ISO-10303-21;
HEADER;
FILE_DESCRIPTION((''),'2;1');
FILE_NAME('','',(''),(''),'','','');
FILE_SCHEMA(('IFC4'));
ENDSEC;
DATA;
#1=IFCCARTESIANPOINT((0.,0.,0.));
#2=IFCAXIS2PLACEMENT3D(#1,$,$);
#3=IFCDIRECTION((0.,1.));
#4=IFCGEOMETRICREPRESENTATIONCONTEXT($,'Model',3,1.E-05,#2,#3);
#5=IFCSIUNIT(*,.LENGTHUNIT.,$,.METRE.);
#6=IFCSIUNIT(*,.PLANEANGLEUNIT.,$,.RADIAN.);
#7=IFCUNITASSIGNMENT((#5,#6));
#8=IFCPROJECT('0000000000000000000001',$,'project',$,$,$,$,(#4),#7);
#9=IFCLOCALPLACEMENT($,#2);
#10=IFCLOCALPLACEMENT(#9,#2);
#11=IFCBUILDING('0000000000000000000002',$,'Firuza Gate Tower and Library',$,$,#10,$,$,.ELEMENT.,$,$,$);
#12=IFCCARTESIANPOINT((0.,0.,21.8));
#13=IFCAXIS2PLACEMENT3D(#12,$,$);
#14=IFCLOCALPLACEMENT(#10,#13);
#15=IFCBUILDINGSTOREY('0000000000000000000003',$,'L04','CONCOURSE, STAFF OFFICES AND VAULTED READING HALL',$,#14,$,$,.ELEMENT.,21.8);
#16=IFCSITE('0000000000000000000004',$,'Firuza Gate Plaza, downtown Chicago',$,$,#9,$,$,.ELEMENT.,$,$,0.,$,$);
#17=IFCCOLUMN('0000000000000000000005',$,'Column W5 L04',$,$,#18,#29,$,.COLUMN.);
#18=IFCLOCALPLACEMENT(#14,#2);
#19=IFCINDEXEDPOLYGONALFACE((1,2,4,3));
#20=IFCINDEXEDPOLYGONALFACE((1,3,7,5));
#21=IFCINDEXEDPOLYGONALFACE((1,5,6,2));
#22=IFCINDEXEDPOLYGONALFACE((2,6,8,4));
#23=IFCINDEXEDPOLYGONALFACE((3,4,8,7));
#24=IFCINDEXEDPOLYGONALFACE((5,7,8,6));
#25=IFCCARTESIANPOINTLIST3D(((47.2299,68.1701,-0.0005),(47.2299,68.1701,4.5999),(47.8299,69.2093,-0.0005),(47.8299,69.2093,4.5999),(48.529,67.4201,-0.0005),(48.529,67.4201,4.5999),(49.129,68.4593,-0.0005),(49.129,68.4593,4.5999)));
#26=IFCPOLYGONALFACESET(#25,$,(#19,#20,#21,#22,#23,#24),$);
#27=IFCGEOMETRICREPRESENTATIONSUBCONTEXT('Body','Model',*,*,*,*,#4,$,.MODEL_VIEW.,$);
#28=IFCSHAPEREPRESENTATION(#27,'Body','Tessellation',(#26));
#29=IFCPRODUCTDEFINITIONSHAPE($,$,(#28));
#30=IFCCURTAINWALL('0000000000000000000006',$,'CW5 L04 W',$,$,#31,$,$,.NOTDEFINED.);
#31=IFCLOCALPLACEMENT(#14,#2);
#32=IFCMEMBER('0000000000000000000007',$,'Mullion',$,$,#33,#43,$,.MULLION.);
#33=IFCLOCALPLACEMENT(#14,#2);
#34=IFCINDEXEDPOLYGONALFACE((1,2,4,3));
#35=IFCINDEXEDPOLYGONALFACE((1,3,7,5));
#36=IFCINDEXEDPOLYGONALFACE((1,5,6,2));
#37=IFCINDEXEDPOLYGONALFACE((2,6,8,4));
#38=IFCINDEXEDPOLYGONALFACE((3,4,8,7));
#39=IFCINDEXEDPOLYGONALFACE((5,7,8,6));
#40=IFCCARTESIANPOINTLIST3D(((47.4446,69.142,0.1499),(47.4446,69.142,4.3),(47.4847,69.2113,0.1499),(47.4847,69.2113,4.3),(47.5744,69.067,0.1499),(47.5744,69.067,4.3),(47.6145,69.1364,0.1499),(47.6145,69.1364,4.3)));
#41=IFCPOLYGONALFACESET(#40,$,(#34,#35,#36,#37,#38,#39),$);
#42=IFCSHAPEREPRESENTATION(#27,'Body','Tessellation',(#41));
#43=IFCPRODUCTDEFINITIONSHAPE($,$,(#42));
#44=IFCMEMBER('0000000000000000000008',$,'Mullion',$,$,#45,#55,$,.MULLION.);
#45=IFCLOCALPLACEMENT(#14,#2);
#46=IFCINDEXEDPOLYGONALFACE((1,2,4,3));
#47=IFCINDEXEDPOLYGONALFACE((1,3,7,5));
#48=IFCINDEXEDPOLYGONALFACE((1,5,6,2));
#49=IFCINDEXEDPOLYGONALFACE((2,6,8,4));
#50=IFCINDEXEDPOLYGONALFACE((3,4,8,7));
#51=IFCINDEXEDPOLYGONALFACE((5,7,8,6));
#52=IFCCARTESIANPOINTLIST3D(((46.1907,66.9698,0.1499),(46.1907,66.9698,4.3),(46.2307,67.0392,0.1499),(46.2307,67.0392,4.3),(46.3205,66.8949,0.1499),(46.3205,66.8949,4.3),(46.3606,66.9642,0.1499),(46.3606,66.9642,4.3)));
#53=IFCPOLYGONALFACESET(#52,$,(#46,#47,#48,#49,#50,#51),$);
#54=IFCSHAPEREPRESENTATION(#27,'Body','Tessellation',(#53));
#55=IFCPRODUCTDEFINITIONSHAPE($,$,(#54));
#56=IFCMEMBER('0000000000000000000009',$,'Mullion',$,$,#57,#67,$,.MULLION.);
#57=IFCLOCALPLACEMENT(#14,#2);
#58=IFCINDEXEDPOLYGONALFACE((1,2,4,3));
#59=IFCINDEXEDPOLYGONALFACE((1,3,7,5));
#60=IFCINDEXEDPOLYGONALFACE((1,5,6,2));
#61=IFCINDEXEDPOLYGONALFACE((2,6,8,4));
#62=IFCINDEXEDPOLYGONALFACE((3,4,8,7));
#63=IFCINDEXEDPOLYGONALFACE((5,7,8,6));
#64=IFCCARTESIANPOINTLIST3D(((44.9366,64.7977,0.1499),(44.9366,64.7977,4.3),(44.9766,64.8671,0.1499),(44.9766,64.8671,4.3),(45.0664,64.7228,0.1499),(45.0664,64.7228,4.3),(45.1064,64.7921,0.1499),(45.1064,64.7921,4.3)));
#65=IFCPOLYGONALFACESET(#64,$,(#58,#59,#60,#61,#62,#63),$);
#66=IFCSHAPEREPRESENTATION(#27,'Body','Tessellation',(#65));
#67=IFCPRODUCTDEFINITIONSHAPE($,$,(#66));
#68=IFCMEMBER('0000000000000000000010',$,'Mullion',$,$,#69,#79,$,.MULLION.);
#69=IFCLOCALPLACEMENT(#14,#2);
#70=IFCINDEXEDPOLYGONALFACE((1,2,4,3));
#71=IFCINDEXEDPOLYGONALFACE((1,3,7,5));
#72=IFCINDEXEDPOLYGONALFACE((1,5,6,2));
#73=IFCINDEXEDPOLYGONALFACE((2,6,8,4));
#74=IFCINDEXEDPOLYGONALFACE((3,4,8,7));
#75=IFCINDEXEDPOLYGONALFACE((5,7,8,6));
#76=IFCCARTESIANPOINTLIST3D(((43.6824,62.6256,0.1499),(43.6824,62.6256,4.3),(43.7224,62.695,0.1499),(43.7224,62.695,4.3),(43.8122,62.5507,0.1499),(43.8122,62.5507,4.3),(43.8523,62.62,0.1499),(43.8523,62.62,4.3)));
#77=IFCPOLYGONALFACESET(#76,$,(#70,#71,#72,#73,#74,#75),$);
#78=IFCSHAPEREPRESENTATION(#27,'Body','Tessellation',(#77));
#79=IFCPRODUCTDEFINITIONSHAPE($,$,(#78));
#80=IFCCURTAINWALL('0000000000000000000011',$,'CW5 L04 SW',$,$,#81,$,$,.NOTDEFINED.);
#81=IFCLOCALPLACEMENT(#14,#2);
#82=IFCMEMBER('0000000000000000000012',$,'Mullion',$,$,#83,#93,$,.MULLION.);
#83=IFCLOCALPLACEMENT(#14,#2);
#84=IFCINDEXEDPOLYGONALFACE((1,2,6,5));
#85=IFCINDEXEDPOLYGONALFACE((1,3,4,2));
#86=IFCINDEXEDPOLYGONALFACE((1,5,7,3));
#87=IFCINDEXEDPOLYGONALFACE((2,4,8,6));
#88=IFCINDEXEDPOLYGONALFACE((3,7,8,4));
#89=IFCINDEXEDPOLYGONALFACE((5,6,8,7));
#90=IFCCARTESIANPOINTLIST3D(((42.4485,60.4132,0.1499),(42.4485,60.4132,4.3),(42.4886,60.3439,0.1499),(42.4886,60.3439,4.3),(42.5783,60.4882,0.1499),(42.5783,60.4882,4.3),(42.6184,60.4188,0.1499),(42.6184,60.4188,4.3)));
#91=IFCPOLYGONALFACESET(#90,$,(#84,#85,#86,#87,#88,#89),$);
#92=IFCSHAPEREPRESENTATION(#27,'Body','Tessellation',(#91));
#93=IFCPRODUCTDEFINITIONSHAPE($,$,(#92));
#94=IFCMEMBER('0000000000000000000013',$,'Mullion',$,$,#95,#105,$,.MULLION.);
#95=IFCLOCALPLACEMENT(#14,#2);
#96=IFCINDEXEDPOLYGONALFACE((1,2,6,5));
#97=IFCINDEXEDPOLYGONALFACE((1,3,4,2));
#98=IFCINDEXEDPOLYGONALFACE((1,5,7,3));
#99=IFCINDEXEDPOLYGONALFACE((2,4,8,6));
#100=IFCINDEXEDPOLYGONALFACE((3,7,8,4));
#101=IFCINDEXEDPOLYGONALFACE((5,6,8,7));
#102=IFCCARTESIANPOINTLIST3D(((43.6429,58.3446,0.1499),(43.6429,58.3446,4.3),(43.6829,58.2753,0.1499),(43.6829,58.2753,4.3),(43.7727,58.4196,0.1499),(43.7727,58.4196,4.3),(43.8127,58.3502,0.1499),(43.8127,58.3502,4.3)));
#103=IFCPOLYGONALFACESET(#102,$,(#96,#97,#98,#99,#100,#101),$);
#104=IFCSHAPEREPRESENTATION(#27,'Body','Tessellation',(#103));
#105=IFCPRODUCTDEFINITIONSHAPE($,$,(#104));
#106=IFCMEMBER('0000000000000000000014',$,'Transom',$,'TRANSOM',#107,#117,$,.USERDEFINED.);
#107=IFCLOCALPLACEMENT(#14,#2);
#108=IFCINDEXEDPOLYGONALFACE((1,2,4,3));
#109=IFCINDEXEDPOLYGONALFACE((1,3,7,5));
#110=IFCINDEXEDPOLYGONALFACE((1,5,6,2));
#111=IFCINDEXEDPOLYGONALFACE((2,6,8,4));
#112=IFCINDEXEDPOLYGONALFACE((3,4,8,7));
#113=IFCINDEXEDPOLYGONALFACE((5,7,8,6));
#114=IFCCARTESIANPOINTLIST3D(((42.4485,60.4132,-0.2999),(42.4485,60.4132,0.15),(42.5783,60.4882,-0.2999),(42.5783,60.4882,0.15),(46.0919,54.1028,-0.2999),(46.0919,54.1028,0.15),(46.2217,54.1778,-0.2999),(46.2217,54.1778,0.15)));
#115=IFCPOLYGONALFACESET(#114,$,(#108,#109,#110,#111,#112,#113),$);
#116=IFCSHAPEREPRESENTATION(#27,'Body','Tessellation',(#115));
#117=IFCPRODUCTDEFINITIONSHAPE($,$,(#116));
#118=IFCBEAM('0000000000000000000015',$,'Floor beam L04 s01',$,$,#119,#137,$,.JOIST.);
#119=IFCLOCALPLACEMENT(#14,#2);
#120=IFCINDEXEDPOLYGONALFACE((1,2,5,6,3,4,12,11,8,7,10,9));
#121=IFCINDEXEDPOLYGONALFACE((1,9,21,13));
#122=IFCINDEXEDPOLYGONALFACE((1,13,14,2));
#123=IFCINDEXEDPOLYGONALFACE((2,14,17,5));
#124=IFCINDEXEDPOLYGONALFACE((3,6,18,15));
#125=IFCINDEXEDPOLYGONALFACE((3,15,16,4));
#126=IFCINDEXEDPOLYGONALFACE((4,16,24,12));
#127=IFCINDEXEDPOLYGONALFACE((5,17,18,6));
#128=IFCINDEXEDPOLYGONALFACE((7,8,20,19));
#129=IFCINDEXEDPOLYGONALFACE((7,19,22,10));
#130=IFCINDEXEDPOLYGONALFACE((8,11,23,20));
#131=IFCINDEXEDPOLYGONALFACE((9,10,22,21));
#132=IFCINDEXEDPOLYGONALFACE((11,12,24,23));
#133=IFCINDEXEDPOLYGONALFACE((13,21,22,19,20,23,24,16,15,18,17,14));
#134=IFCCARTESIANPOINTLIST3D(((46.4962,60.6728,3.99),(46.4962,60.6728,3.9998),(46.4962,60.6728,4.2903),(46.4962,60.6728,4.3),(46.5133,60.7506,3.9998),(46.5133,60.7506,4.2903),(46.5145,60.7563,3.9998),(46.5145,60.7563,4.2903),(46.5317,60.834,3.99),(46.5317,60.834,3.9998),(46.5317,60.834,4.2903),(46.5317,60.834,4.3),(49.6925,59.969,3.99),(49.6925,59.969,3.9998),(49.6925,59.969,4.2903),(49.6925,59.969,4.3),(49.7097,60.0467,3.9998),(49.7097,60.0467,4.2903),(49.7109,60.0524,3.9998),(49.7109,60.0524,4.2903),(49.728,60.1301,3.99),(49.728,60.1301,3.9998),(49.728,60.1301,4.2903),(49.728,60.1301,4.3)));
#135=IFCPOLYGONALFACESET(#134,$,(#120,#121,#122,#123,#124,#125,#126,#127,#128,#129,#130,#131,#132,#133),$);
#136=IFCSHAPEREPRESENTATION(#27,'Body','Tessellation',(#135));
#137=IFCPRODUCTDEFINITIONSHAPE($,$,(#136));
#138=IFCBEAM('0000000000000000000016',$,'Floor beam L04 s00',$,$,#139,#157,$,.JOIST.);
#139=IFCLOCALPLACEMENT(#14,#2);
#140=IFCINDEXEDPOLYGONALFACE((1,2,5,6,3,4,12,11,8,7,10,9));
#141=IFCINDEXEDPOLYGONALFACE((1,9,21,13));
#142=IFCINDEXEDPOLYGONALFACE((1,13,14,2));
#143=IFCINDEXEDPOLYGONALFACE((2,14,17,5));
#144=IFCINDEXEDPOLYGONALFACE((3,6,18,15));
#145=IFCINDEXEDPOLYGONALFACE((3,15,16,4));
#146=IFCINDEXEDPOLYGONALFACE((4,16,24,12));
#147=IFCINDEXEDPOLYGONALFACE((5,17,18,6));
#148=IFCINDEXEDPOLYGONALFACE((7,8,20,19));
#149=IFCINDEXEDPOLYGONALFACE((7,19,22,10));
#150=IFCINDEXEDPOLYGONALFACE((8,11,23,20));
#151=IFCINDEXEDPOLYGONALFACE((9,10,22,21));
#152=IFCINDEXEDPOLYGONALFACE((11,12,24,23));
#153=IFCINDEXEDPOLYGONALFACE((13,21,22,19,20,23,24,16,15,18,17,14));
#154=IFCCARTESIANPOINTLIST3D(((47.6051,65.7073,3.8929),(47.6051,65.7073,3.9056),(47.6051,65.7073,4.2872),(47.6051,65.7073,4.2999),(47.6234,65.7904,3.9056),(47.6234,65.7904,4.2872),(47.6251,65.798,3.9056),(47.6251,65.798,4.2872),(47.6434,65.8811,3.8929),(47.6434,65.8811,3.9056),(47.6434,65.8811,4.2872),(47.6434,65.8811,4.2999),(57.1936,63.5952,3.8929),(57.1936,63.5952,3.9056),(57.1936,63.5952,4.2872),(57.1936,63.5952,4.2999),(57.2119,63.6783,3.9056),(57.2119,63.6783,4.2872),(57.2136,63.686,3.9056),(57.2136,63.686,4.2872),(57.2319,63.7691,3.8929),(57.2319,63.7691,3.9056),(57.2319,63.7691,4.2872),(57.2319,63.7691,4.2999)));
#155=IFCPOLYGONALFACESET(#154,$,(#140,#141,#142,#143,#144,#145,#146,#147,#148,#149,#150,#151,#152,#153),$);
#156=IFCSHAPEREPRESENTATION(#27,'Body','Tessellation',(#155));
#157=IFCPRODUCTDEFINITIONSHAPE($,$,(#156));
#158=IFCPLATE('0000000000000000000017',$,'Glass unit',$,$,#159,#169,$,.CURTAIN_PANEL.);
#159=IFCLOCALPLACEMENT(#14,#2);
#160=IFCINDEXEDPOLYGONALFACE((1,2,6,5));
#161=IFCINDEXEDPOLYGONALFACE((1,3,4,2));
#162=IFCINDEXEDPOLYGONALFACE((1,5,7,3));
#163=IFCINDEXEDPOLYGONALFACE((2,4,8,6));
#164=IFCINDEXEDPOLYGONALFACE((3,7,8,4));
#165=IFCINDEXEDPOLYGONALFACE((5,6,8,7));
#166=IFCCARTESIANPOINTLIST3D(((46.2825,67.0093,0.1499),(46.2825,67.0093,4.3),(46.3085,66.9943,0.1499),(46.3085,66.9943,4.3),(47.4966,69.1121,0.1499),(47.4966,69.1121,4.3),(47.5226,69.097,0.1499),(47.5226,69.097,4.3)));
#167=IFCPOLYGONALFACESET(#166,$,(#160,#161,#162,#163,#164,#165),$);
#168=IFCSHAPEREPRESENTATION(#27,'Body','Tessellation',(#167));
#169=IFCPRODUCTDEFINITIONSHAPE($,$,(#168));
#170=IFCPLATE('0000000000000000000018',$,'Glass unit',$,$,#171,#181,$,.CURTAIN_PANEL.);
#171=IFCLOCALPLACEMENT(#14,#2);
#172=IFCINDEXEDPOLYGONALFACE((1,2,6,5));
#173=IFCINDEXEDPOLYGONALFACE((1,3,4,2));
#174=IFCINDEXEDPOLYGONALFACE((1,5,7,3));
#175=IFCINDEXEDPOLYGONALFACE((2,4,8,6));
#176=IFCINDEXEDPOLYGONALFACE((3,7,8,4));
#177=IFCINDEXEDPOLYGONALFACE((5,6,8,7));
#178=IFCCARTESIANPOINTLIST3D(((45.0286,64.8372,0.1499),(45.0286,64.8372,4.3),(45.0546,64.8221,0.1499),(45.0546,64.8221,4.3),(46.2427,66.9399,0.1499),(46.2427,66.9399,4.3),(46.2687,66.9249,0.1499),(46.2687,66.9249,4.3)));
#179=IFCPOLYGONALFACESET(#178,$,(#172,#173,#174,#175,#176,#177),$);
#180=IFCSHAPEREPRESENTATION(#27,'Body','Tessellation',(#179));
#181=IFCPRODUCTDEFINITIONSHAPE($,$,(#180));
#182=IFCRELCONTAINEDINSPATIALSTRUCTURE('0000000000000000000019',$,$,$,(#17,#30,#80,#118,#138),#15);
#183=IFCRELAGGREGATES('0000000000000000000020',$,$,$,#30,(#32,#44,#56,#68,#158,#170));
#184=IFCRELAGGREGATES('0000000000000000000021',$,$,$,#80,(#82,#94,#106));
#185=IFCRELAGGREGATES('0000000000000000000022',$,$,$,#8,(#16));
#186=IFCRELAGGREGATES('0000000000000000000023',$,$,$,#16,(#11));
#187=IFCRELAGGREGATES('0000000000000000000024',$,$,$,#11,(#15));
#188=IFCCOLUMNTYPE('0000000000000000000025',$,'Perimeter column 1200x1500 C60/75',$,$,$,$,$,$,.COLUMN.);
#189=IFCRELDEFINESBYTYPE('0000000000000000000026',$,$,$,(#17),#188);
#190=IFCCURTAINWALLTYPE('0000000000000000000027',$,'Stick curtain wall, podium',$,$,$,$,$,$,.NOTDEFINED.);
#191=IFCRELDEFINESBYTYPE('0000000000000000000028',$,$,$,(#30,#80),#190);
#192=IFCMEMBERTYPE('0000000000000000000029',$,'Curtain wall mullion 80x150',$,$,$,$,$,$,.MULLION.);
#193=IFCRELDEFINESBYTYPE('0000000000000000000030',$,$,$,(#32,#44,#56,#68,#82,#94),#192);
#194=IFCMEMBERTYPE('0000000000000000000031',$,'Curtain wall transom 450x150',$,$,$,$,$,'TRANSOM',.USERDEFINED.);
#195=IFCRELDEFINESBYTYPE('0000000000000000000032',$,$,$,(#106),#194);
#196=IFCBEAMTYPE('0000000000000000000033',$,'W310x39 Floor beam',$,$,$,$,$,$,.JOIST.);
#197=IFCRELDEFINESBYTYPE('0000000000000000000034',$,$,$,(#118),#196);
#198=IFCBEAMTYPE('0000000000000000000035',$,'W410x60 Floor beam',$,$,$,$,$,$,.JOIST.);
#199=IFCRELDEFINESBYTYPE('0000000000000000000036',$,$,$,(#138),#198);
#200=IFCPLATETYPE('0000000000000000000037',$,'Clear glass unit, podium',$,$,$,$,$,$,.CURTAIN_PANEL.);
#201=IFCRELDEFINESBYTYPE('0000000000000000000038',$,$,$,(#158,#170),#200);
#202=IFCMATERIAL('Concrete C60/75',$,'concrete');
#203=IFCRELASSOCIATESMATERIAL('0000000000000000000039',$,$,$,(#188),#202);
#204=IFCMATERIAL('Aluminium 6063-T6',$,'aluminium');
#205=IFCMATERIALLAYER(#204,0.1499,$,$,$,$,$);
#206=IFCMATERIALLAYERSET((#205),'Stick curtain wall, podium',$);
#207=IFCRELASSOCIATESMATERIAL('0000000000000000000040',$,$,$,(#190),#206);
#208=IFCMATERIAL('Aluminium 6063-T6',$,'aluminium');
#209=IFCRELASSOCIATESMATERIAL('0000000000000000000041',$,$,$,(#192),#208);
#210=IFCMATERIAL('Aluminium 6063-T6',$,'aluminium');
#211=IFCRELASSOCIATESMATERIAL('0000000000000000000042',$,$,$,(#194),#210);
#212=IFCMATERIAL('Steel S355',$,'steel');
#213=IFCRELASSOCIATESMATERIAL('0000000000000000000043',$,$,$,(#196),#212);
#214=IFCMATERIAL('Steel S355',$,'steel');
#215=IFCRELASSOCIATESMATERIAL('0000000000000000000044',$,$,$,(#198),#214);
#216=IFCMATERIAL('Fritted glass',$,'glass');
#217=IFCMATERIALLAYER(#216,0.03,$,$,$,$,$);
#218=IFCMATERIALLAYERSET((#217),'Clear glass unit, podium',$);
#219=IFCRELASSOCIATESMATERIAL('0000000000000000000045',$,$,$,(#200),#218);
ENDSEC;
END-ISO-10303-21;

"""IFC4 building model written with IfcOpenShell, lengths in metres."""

from ifc_helpers import new_model, si_unit, direction, frame, origin, origin_2d, place, context, subcontext, project, spatial, polyline, rectangle, i_section, outline, extrude, material, layer, layer_set, material_profile, profile_set, type_object, element, aggregate, save


model = new_model("IFC4")

# Units and contexts
model_context = context("Model", 3, precision=1e-05, world=origin(), true_north=direction((0.0, 1.0)))
body_context = subcontext(model_context, "Body", "Model", "MODEL_VIEW")
ifc_project = project(units=[si_unit("LENGTHUNIT", "METRE"), si_unit("PLANEANGLEUNIT", "RADIAN")], contexts=[model_context])

# Site, building, storey
site_placement = place(None, origin())
site = spatial("IfcSite", under=ifc_project, at=site_placement, Name="Firuza Gate Plaza, downtown Chicago", CompositionType="ELEMENT", RefElevation=0.0)
building_placement = place(site_placement, origin())
building = spatial("IfcBuilding", under=site, at=building_placement, Name="Firuza Gate Tower and Library", CompositionType="ELEMENT")
storey_placement = place(building_placement, frame((0.0, 0.0, 21.8)))
storey = spatial("IfcBuildingStorey", under=building, at=storey_placement, Name="L04", Description="CONCOURSE, STAFF OFFICES AND VAULTED READING HALL", CompositionType="ELEMENT", Elevation=21.8)

# Column
ifc_material_1 = material(Name="Concrete C60/75", Category="concrete")
ifc_material_profile_1 = material_profile(ifc_material_1, rectangle(XDim=1.2, YDim=1.5, at=origin_2d()))
ifc_profile_set_1 = profile_set([ifc_material_profile_1], Name="Concrete C60/75")
column_type = type_object("IfcColumnType", Name="Perimeter column 1200x1500 C60/75", PredefinedType="COLUMN", material=ifc_profile_set_1)
column_placement = place(storey_placement, frame((48.1794, 68.3147, -0.0005), z_axis=(0.0, 0.0, 1.0), x_axis=(-0.5, -0.866025, 0.0)))
element("IfcColumn", 1, at=column_placement, inside=storey, type_object=column_type, Name="Column W5 L04", PredefinedType="COLUMN", context=body_context, shape_type="SweptSolid", body=[
    extrude(rectangle(XDim=1.2, YDim=1.5, at=origin_2d()), origin(), (0.0, 0.0, 1.0), 4.6003),
])

# Curtain walls, members
ifc_material_2 = material(Name="Aluminium 6063-T6", Category="aluminium")
ifc_layer_1 = layer(ifc_material_2, 0.1499)
ifc_layer_set_1 = layer_set([ifc_layer_1], Name="Stick curtain wall, podium")
curtain_wall_type = type_object("IfcCurtainWallType", Name="Stick curtain wall, podium", PredefinedType="NOTDEFINED", material=ifc_layer_set_1)
placement = place(storey_placement, origin())
curtain_wall_1 = element("IfcCurtainWall", 2, at=placement, inside=storey, type_object=curtain_wall_type, Name="CW5 L04 W", PredefinedType="NOTDEFINED")
ifc_material_3 = material(Name="Aluminium 6063-T6", Category="aluminium")
ifc_material_profile_2 = material_profile(ifc_material_3, rectangle(XDim=0.1499, YDim=0.0801, at=origin_2d()))
ifc_profile_set_2 = profile_set([ifc_material_profile_2], Name="Aluminium 6063-T6")
member_type_1 = type_object("IfcMemberType", Name="Curtain wall mullion 80x150", PredefinedType="MULLION", material=ifc_profile_set_2)
member_1_placement = place(storey_placement, frame((47.5295, 69.1392, 0.1499), z_axis=(0.0, 0.0, 1.0), x_axis=(0.866025, -0.5, 0.0)))
member_1 = element("IfcMember", 3, at=member_1_placement, type_object=member_type_1, Name="Mullion", PredefinedType="MULLION", context=body_context, shape_type="SweptSolid", body=[
    extrude(rectangle(XDim=0.1499, YDim=0.0801, at=origin_2d()), origin(), (0.0, 0.0, 1.0), 4.1501),
])
member_2_placement = place(storey_placement, frame((46.2756, 66.967, 0.1499), z_axis=(0.0, 0.0, 1.0), x_axis=(0.866025, -0.5, 0.0)))
member_2 = element("IfcMember", 4, at=member_2_placement, type_object=member_type_1, Name="Mullion", PredefinedType="MULLION", context=body_context, shape_type="SweptSolid", body=[
    extrude(rectangle(XDim=0.1499, YDim=0.0801, at=origin_2d()), origin(), (0.0, 0.0, 1.0), 4.1501),
])
member_3_placement = place(storey_placement, frame((45.0215, 64.7949, 0.1499), z_axis=(0.0, 0.0, 1.0), x_axis=(0.866025, -0.5, 0.0)))
member_3 = element("IfcMember", 5, at=member_3_placement, type_object=member_type_1, Name="Mullion", PredefinedType="MULLION", context=body_context, shape_type="SweptSolid", body=[
    extrude(rectangle(XDim=0.1499, YDim=0.0801, at=origin_2d()), origin(), (0.0, 0.0, 1.0), 4.1501),
])
member_4_placement = place(storey_placement, frame((43.7673, 62.6228, 0.1499), z_axis=(0.0, 0.0, 1.0), x_axis=(0.866025, -0.5, 0.0)))
member_4 = element("IfcMember", 6, at=member_4_placement, type_object=member_type_1, Name="Mullion", PredefinedType="MULLION", context=body_context, shape_type="SweptSolid", body=[
    extrude(rectangle(XDim=0.1499, YDim=0.0801, at=origin_2d()), origin(), (0.0, 0.0, 1.0), 4.1501),
])
curtain_wall_2 = element("IfcCurtainWall", 7, at=placement, inside=storey, type_object=curtain_wall_type, Name="CW5 L04 SW", PredefinedType="NOTDEFINED")
member_5_placement = place(storey_placement, frame((42.5334, 60.416, 0.1499), z_axis=(0.0, 0.0, 1.0), x_axis=(0.866025, 0.5, 0.0)))
member_5 = element("IfcMember", 8, at=member_5_placement, type_object=member_type_1, Name="Mullion", PredefinedType="MULLION", context=body_context, shape_type="SweptSolid", body=[
    extrude(rectangle(XDim=0.1499, YDim=0.0801, at=origin_2d()), origin(), (0.0, 0.0, 1.0), 4.1501),
])
member_6_placement = place(storey_placement, frame((43.7278, 58.3474, 0.1499), z_axis=(0.0, 0.0, 1.0), x_axis=(0.866025, 0.5, 0.0)))
member_6 = element("IfcMember", 9, at=member_6_placement, type_object=member_type_1, Name="Mullion", PredefinedType="MULLION", context=body_context, shape_type="SweptSolid", body=[
    extrude(rectangle(XDim=0.1499, YDim=0.0801, at=origin_2d()), origin(), (0.0, 0.0, 1.0), 4.1501),
])
ifc_material_4 = material(Name="Aluminium 6063-T6", Category="aluminium")
ifc_material_profile_3 = material_profile(ifc_material_4, rectangle(XDim=0.1499, YDim=0.45, at=origin_2d()))
ifc_profile_set_3 = profile_set([ifc_material_profile_3], Name="Aluminium 6063-T6")
member_type_2 = type_object("IfcMemberType", Name="Curtain wall transom 450x150", ElementType="TRANSOM", PredefinedType="USERDEFINED", material=ifc_profile_set_3)
member_7_placement = place(storey_placement, frame((42.5134, 60.4507, -0.075), z_axis=(0.500006, -0.866022, 0.0), x_axis=(0.866022, 0.500006, 0.0)))
member_7 = element("IfcMember", 10, at=member_7_placement, type_object=member_type_2, Name="Transom", ObjectType="TRANSOM", PredefinedType="USERDEFINED", context=body_context, shape_type="SweptSolid", body=[
    extrude(rectangle(XDim=0.1499, YDim=0.45, at=origin_2d()), origin(), (0.0, 0.0, 1.0), 7.2866),
])

# Beams
ifc_material_5 = material(Name="Steel S355", Category="steel")
ifc_material_profile_4 = material_profile(ifc_material_5, i_section(OverallWidth=0.165, OverallDepth=0.3101, WebThickness=0.0059, FlangeThickness=0.0098, at=origin_2d()))
ifc_profile_set_4 = profile_set([ifc_material_profile_4], Name="Steel S355")
beam_type_1 = type_object("IfcBeamType", Name="W310x39 Floor beam", PredefinedType="JOIST", material=ifc_profile_set_4)
beam_1_placement = place(storey_placement, frame((46.5139, 60.7534, 4.145), z_axis=(0.976601, -0.215058, 0.0), x_axis=(0.215058, 0.976601, 0.0)))
element("IfcBeam", 11, at=beam_1_placement, inside=storey, type_object=beam_type_1, Name="Floor beam L04 s01", PredefinedType="JOIST", context=body_context, shape_type="SweptSolid", body=[
    extrude(i_section(OverallWidth=0.165, OverallDepth=0.3101, WebThickness=0.0059, FlangeThickness=0.0098, at=origin_2d()), origin(), (0.0, 0.0, 1.0), 3.2729),
])
ifc_material_6 = material(Name="Steel S355", Category="steel")
ifc_material_profile_5 = material_profile(ifc_material_6, i_section(OverallWidth=0.178, OverallDepth=0.407, WebThickness=0.0078, FlangeThickness=0.0127, at=origin_2d()))
ifc_profile_set_5 = profile_set([ifc_material_profile_5], Name="Steel S355")
beam_type_2 = type_object("IfcBeamType", Name="W410x60 Floor beam", PredefinedType="JOIST", material=ifc_profile_set_5)
beam_2_placement = place(storey_placement, frame((47.6243, 65.7942, 4.0964), z_axis=(0.97659, -0.215111, 0.0), x_axis=(0.215111, 0.97659, 0.0)))
element("IfcBeam", 12, at=beam_2_placement, inside=storey, type_object=beam_type_2, Name="Floor beam L04 s00", PredefinedType="JOIST", context=body_context, shape_type="SweptSolid", body=[
    extrude(i_section(OverallWidth=0.178, OverallDepth=0.407, WebThickness=0.0078, FlangeThickness=0.0127, at=origin_2d()), origin(), (0.0, 0.0, 1.0), 9.8184),
])

# Plates
ifc_material_7 = material(Name="Fritted glass", Category="glass")
ifc_layer_2 = layer(ifc_material_7, 0.03)
ifc_layer_set_2 = layer_set([ifc_layer_2], Name="Clear glass unit, podium")
plate_type = type_object("IfcPlateType", Name="Clear glass unit, podium", PredefinedType="CURTAIN_PANEL", material=ifc_layer_set_2)
plate_1_placement = place(storey_placement, frame((47.4966, 69.1121, 0.1499), z_axis=(-0.866013, 0.500021, 0.0), x_axis=(-0.500021, -0.866013, 0.0)))
plate_1 = element("IfcPlate", 13, at=plate_1_placement, type_object=plate_type, Name="Glass unit", PredefinedType="CURTAIN_PANEL", context=body_context, shape_type="SweptSolid", body=[
    extrude(outline(polyline([(0.0, 0.0), (2.4281, 0.0), (2.4281, 4.1501), (0.0, 4.1501), (0.0, 0.0)])), origin(), (0.0, 0.0, -1.0), 0.03),
])
plate_2_placement = place(storey_placement, frame((46.2427, 66.9399, 0.1499), z_axis=(-0.866013, 0.500021, 0.0), x_axis=(-0.500021, -0.866013, 0.0)))
plate_2 = element("IfcPlate", 14, at=plate_2_placement, type_object=plate_type, Name="Glass unit", PredefinedType="CURTAIN_PANEL", context=body_context, shape_type="SweptSolid", body=[
    extrude(outline(polyline([(0.0, 0.0), (2.4281, 0.0), (2.4281, 4.1501), (0.0, 4.1501), (0.0, 0.0)])), origin(), (0.0, 0.0, -1.0), 0.03),
])
aggregate(curtain_wall_1, [member_1, member_2, member_3, member_4, plate_1, plate_2])
aggregate(curtain_wall_2, [member_5, member_6, member_7])

save(model, "model.ifc")
